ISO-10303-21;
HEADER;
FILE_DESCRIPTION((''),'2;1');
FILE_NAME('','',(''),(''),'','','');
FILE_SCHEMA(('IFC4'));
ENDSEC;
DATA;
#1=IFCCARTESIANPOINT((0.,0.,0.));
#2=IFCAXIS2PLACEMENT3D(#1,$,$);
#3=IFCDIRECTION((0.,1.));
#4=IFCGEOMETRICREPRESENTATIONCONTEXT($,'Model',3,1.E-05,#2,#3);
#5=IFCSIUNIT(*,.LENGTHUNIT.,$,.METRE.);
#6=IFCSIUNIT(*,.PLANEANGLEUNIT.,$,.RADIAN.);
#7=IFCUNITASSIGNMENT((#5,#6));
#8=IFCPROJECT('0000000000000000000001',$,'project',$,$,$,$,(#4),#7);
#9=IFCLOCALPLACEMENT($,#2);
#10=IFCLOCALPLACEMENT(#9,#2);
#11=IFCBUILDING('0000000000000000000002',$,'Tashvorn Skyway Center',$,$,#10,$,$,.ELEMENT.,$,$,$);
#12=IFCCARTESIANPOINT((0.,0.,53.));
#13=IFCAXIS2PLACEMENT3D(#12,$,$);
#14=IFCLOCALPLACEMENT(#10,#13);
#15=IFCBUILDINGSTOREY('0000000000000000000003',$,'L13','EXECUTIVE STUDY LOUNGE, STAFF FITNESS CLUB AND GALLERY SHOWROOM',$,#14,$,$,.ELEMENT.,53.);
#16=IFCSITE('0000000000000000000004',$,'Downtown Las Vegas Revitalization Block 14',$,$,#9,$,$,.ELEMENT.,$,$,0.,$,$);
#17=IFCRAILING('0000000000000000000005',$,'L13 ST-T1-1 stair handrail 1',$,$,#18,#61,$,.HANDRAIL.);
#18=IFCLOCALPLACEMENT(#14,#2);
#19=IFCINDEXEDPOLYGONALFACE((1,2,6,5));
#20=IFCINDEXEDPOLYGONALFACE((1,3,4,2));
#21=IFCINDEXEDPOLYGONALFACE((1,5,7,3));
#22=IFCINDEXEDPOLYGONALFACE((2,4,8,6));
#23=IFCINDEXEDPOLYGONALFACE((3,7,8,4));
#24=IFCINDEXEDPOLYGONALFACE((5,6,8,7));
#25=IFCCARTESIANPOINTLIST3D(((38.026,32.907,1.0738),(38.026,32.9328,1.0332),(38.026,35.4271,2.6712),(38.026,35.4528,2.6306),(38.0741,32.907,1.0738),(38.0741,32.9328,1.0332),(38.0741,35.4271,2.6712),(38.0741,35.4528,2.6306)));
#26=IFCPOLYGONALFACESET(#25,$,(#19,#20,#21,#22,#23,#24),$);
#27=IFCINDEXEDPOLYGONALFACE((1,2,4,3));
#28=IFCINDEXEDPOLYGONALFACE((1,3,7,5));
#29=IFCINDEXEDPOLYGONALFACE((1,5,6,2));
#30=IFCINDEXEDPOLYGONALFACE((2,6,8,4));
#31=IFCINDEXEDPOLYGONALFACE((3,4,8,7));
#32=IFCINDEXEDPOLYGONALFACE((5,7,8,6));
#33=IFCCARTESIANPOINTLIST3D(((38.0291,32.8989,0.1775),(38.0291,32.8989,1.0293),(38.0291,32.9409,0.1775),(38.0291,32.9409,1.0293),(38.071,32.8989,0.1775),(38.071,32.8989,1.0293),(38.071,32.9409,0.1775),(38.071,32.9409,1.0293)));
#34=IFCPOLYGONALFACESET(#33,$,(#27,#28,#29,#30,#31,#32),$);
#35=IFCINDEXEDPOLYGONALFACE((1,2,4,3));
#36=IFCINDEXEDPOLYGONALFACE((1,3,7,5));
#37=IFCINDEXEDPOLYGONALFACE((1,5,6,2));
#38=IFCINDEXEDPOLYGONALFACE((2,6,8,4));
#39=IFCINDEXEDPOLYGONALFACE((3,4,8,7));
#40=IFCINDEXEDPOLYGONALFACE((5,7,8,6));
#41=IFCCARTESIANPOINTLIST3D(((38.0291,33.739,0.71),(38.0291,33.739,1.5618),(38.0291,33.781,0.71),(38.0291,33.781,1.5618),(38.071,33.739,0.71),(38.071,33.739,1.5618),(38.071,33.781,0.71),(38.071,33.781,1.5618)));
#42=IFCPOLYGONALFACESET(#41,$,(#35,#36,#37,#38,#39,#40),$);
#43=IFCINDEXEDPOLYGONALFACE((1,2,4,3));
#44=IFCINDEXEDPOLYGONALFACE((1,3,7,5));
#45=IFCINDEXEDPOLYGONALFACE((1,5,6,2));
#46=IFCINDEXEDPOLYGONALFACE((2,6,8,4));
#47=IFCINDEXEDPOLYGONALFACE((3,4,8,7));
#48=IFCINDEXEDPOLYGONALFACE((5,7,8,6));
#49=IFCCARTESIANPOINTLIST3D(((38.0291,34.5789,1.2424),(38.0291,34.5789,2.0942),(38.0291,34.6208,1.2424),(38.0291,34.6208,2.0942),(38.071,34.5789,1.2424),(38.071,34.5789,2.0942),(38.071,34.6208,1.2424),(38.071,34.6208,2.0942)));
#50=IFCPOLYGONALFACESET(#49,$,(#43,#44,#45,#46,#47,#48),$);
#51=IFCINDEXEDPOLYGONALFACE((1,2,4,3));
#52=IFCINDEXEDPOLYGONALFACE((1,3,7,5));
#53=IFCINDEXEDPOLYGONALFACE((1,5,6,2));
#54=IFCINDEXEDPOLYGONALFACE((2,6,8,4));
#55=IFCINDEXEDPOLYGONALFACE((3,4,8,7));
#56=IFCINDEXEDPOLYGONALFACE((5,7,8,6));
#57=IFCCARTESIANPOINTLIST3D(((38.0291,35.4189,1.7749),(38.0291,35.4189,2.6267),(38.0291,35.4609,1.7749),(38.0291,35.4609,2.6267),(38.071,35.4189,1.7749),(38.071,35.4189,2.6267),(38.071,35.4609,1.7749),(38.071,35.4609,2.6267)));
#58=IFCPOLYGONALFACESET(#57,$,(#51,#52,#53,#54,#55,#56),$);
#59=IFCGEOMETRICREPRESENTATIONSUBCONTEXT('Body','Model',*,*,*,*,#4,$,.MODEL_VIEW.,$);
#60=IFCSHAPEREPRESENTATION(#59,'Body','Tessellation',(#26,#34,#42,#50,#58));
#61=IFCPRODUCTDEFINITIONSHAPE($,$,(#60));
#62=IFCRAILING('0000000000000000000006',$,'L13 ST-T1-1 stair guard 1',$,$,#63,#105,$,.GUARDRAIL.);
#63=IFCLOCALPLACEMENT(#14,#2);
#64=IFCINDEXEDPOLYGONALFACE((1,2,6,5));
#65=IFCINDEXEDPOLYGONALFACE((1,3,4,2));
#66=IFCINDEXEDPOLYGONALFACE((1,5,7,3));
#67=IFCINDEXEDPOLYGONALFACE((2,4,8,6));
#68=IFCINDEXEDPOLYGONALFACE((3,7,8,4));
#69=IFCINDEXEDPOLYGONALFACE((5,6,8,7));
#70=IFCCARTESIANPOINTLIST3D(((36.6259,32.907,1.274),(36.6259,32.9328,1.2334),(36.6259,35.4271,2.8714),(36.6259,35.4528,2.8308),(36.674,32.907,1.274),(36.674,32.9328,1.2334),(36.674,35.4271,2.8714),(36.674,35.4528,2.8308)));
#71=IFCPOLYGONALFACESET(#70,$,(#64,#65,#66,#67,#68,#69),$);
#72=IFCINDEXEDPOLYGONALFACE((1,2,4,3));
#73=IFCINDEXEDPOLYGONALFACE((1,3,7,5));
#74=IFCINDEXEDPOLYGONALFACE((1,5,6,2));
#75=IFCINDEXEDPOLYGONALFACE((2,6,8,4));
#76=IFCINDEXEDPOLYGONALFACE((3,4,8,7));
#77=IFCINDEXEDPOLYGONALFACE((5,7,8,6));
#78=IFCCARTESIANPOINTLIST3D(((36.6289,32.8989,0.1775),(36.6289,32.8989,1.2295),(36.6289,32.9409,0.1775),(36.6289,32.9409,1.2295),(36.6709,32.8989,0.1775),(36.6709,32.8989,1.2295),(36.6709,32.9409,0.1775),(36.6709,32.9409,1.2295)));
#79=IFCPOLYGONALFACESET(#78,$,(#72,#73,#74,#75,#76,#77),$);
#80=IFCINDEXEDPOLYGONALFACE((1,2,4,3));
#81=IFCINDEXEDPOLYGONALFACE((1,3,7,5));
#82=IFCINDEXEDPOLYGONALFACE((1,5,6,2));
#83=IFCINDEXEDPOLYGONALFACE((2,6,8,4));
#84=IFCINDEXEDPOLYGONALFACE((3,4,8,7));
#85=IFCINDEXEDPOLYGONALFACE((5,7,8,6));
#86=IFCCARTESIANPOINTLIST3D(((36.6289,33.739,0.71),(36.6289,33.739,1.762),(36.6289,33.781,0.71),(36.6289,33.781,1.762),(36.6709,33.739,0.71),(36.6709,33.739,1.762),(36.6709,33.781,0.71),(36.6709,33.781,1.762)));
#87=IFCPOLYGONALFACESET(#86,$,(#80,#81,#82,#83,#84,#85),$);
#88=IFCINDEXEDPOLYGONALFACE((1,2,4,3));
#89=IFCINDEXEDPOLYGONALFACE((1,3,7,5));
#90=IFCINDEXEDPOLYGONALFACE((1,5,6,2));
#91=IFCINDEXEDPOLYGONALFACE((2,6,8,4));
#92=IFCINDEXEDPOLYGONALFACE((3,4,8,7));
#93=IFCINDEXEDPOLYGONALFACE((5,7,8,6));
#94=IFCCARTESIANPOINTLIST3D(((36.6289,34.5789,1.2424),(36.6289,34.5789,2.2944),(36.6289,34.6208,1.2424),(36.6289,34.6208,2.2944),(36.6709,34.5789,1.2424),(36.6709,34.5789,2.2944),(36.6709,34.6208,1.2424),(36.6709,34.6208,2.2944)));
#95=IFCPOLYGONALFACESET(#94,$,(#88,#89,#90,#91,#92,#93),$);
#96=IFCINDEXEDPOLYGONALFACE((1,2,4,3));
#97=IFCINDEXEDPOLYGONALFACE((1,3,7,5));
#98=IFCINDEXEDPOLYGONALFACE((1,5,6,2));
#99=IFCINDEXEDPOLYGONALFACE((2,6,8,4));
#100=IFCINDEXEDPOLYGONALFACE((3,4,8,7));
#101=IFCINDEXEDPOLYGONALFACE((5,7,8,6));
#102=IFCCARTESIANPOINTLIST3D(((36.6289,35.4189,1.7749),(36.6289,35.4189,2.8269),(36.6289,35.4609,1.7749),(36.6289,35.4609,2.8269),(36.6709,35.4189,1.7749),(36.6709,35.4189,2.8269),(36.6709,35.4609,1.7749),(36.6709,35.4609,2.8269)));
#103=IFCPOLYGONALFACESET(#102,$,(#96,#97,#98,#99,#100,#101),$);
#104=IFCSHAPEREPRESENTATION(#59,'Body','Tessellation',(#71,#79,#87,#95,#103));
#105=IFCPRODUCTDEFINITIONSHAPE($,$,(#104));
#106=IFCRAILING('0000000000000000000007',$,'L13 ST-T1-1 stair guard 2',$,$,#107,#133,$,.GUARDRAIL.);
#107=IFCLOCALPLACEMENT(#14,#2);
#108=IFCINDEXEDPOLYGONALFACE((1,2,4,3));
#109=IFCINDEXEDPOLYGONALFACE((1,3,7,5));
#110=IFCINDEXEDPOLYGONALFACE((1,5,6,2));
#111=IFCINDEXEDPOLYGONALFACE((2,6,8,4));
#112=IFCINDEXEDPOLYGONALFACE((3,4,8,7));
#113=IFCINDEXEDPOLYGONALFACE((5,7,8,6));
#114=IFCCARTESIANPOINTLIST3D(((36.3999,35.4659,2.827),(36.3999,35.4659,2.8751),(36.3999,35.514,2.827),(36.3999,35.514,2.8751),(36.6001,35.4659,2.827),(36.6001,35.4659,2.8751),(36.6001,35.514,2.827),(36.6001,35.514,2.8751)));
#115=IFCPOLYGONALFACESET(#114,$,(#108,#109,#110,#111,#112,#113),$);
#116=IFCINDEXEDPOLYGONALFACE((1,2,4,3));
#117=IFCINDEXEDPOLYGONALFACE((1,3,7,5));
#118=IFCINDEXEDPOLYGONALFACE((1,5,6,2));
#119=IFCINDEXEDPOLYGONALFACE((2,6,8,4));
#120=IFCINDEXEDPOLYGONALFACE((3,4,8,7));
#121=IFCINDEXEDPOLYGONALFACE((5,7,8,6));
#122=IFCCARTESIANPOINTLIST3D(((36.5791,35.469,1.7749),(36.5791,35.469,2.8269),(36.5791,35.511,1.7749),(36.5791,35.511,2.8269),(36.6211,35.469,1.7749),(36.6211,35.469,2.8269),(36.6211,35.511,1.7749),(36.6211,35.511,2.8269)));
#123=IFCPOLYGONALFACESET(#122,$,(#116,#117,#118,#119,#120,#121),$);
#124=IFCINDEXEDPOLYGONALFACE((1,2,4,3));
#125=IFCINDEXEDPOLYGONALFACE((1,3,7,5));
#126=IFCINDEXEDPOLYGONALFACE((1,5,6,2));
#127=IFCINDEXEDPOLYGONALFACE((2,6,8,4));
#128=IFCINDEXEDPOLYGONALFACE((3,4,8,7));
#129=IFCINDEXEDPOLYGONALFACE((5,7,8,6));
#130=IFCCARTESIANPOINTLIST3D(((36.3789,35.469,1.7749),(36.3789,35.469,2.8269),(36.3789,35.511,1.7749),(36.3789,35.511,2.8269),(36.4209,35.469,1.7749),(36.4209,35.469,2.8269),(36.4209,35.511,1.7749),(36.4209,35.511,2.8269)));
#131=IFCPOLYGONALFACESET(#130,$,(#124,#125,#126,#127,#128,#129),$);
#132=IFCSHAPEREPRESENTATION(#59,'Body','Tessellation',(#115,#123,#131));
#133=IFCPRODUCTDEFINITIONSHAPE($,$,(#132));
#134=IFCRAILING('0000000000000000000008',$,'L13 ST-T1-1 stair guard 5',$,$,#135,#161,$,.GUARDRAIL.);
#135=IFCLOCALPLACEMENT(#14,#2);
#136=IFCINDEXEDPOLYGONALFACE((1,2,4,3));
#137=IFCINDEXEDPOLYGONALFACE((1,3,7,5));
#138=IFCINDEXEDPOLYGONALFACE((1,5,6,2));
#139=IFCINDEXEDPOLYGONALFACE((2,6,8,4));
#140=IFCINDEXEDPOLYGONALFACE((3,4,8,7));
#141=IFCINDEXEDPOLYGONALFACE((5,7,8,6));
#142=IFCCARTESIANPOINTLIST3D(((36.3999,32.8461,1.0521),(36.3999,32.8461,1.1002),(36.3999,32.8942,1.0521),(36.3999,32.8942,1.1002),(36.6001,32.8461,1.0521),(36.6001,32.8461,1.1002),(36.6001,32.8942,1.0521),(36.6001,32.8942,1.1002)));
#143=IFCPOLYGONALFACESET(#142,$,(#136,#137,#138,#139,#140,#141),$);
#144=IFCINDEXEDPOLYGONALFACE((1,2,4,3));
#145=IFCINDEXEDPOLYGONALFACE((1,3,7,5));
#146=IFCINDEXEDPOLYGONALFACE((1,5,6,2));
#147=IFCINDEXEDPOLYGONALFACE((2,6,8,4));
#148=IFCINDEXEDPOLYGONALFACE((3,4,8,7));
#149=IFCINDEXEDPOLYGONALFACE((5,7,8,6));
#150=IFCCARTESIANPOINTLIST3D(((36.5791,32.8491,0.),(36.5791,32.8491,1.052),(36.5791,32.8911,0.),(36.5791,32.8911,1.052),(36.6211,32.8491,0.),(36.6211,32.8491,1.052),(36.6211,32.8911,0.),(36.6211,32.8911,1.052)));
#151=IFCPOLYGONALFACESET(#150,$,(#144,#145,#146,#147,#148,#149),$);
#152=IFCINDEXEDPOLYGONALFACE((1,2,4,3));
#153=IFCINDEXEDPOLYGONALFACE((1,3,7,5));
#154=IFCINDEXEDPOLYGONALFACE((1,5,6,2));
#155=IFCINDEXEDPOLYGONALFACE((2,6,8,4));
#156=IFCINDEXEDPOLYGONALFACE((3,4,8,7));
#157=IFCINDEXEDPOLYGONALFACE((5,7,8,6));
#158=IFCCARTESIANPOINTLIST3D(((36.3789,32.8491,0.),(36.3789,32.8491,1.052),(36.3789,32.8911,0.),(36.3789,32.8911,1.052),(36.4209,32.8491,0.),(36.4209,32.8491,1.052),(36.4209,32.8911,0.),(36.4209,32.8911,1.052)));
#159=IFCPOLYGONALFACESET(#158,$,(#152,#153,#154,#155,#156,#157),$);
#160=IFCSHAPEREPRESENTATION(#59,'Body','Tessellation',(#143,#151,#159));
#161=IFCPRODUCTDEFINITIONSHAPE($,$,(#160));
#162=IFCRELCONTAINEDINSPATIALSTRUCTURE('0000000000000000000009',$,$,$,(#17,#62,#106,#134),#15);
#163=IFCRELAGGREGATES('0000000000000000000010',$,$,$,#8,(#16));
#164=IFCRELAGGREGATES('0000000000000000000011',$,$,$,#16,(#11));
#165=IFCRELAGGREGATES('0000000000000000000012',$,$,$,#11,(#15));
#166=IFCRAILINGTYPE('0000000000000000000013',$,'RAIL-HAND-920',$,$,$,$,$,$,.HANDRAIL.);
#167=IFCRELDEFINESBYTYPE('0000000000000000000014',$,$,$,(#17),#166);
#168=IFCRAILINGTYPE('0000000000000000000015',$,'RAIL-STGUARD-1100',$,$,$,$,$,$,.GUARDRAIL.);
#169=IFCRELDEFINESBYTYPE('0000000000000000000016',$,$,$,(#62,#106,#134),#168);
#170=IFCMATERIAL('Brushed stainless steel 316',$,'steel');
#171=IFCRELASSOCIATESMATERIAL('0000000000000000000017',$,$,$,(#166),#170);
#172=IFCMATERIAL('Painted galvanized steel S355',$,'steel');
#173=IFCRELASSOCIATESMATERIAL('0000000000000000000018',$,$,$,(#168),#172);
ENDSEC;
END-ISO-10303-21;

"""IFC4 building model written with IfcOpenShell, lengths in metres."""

from ifc_helpers import new_model, si_unit, direction, frame, origin, origin_2d, place, context, subcontext, project, spatial, rectangle, extrude, material, type_object, element, save


model = new_model("IFC4")

# Units and contexts
model_context = context("Model", 3, precision=1e-05, world=origin(), true_north=direction((0.0, 1.0)))
body_context = subcontext(model_context, "Body", "Model", "MODEL_VIEW")
ifc_project = project(units=[si_unit("LENGTHUNIT", "METRE"), si_unit("PLANEANGLEUNIT", "RADIAN")], contexts=[model_context])

# Site, building, storey
site_placement = place(None, origin())
site = spatial("IfcSite", under=ifc_project, at=site_placement, Name="Downtown Las Vegas Revitalization Block 14", CompositionType="ELEMENT", RefElevation=0.0)
building_placement = place(site_placement, origin())
building = spatial("IfcBuilding", under=site, at=building_placement, Name="Tashvorn Skyway Center", CompositionType="ELEMENT")
storey_placement = place(building_placement, frame((0.0, 0.0, 53.0)))
storey = spatial("IfcBuildingStorey", under=building, at=storey_placement, Name="L13", Description="EXECUTIVE STUDY LOUNGE, STAFF FITNESS CLUB AND GALLERY SHOWROOM", CompositionType="ELEMENT", Elevation=53.0)

# Railings
ifc_material_1 = material(Name="Brushed stainless steel 316", Category="steel")
railing_type_1 = type_object("IfcRailingType", Name="RAIL-HAND-920", PredefinedType="HANDRAIL", material=ifc_material_1)
railing_1_placement = place(storey_placement, frame((38.05, 32.9199, 0.1775)))
element("IfcRailing", 1, at=railing_1_placement, inside=storey, type_object=railing_type_1, Name="L13 ST-T1-1 stair handrail 1", PredefinedType="HANDRAIL", context=body_context, shape_type="SweptSolid", body=[
    extrude(rectangle(XDim=0.0481, YDim=0.0481, at=origin_2d()), frame((0.0, 0.0, 0.876), z_axis=(0.0, 0.844607, 0.535387), x_axis=(-1.0, 0.0, 0.0)), (0.0, 0.0, 1.0), 2.9836),
    extrude(rectangle(XDim=0.042, YDim=0.042, at=origin_2d()), origin(), (0.0, 0.0, 1.0), 0.8518),
    extrude(rectangle(XDim=0.042, YDim=0.042, at=origin_2d()), frame((0.0, 0.8401, 0.5325)), (0.0, 0.0, 1.0), 0.8518),
    extrude(rectangle(XDim=0.042, YDim=0.042, at=origin_2d()), frame((0.0, 1.6799, 1.0649)), (0.0, 0.0, 1.0), 0.8518),
    extrude(rectangle(XDim=0.042, YDim=0.042, at=origin_2d()), frame((0.0, 2.52, 1.5974)), (0.0, 0.0, 1.0), 0.8518),
])
ifc_material_2 = material(Name="Painted galvanized steel S355", Category="steel")
railing_type_2 = type_object("IfcRailingType", Name="RAIL-STGUARD-1100", PredefinedType="GUARDRAIL", material=ifc_material_2)
railing_2_placement = place(storey_placement, frame((36.6499, 32.9199, 0.1775)))
element("IfcRailing", 2, at=railing_2_placement, inside=storey, type_object=railing_type_2, Name="L13 ST-T1-1 stair guard 1", PredefinedType="GUARDRAIL", context=body_context, shape_type="SweptSolid", body=[
    extrude(rectangle(XDim=0.0481, YDim=0.0481, at=origin_2d()), frame((0.0, 0.0, 1.0762), z_axis=(0.0, 0.844607, 0.535387), x_axis=(-1.0, 0.0, 0.0)), (0.0, 0.0, 1.0), 2.9836),
    extrude(rectangle(XDim=0.042, YDim=0.042, at=origin_2d()), origin(), (0.0, 0.0, 1.0), 1.052),
    extrude(rectangle(XDim=0.042, YDim=0.042, at=origin_2d()), frame((0.0, 0.8401, 0.5325)), (0.0, 0.0, 1.0), 1.052),
    extrude(rectangle(XDim=0.042, YDim=0.042, at=origin_2d()), frame((0.0, 1.6799, 1.0649)), (0.0, 0.0, 1.0), 1.052),
    extrude(rectangle(XDim=0.042, YDim=0.042, at=origin_2d()), frame((0.0, 2.52, 1.5974)), (0.0, 0.0, 1.0), 1.052),
])
for number, where, name in (
    (3, (36.6001, 35.49, 1.7749), "L13 ST-T1-1 stair guard 2"),
    (4, (36.6001, 32.8701, 0.0), "L13 ST-T1-1 stair guard 5"),
):
    element("IfcRailing", number, at=place(storey_placement, frame(where)), inside=storey, type_object=railing_type_2, Name=name, PredefinedType="GUARDRAIL", context=body_context, shape_type="SweptSolid", body=[
        extrude(rectangle(XDim=0.0481, YDim=0.0481, at=origin_2d()), frame((0.0, 0.0, 1.0762), z_axis=(-1.0, 0.0, 0.0), x_axis=(0.0, -1.0, 0.0)), (0.0, 0.0, 1.0), 0.2002),
        extrude(rectangle(XDim=0.042, YDim=0.042, at=origin_2d()), origin(), (0.0, 0.0, 1.0), 1.052),
        extrude(rectangle(XDim=0.042, YDim=0.042, at=origin_2d()), frame((-0.2002, 0.0, 0.0)), (0.0, 0.0, 1.0), 1.052),
    ])

save(model, "model.ifc")
